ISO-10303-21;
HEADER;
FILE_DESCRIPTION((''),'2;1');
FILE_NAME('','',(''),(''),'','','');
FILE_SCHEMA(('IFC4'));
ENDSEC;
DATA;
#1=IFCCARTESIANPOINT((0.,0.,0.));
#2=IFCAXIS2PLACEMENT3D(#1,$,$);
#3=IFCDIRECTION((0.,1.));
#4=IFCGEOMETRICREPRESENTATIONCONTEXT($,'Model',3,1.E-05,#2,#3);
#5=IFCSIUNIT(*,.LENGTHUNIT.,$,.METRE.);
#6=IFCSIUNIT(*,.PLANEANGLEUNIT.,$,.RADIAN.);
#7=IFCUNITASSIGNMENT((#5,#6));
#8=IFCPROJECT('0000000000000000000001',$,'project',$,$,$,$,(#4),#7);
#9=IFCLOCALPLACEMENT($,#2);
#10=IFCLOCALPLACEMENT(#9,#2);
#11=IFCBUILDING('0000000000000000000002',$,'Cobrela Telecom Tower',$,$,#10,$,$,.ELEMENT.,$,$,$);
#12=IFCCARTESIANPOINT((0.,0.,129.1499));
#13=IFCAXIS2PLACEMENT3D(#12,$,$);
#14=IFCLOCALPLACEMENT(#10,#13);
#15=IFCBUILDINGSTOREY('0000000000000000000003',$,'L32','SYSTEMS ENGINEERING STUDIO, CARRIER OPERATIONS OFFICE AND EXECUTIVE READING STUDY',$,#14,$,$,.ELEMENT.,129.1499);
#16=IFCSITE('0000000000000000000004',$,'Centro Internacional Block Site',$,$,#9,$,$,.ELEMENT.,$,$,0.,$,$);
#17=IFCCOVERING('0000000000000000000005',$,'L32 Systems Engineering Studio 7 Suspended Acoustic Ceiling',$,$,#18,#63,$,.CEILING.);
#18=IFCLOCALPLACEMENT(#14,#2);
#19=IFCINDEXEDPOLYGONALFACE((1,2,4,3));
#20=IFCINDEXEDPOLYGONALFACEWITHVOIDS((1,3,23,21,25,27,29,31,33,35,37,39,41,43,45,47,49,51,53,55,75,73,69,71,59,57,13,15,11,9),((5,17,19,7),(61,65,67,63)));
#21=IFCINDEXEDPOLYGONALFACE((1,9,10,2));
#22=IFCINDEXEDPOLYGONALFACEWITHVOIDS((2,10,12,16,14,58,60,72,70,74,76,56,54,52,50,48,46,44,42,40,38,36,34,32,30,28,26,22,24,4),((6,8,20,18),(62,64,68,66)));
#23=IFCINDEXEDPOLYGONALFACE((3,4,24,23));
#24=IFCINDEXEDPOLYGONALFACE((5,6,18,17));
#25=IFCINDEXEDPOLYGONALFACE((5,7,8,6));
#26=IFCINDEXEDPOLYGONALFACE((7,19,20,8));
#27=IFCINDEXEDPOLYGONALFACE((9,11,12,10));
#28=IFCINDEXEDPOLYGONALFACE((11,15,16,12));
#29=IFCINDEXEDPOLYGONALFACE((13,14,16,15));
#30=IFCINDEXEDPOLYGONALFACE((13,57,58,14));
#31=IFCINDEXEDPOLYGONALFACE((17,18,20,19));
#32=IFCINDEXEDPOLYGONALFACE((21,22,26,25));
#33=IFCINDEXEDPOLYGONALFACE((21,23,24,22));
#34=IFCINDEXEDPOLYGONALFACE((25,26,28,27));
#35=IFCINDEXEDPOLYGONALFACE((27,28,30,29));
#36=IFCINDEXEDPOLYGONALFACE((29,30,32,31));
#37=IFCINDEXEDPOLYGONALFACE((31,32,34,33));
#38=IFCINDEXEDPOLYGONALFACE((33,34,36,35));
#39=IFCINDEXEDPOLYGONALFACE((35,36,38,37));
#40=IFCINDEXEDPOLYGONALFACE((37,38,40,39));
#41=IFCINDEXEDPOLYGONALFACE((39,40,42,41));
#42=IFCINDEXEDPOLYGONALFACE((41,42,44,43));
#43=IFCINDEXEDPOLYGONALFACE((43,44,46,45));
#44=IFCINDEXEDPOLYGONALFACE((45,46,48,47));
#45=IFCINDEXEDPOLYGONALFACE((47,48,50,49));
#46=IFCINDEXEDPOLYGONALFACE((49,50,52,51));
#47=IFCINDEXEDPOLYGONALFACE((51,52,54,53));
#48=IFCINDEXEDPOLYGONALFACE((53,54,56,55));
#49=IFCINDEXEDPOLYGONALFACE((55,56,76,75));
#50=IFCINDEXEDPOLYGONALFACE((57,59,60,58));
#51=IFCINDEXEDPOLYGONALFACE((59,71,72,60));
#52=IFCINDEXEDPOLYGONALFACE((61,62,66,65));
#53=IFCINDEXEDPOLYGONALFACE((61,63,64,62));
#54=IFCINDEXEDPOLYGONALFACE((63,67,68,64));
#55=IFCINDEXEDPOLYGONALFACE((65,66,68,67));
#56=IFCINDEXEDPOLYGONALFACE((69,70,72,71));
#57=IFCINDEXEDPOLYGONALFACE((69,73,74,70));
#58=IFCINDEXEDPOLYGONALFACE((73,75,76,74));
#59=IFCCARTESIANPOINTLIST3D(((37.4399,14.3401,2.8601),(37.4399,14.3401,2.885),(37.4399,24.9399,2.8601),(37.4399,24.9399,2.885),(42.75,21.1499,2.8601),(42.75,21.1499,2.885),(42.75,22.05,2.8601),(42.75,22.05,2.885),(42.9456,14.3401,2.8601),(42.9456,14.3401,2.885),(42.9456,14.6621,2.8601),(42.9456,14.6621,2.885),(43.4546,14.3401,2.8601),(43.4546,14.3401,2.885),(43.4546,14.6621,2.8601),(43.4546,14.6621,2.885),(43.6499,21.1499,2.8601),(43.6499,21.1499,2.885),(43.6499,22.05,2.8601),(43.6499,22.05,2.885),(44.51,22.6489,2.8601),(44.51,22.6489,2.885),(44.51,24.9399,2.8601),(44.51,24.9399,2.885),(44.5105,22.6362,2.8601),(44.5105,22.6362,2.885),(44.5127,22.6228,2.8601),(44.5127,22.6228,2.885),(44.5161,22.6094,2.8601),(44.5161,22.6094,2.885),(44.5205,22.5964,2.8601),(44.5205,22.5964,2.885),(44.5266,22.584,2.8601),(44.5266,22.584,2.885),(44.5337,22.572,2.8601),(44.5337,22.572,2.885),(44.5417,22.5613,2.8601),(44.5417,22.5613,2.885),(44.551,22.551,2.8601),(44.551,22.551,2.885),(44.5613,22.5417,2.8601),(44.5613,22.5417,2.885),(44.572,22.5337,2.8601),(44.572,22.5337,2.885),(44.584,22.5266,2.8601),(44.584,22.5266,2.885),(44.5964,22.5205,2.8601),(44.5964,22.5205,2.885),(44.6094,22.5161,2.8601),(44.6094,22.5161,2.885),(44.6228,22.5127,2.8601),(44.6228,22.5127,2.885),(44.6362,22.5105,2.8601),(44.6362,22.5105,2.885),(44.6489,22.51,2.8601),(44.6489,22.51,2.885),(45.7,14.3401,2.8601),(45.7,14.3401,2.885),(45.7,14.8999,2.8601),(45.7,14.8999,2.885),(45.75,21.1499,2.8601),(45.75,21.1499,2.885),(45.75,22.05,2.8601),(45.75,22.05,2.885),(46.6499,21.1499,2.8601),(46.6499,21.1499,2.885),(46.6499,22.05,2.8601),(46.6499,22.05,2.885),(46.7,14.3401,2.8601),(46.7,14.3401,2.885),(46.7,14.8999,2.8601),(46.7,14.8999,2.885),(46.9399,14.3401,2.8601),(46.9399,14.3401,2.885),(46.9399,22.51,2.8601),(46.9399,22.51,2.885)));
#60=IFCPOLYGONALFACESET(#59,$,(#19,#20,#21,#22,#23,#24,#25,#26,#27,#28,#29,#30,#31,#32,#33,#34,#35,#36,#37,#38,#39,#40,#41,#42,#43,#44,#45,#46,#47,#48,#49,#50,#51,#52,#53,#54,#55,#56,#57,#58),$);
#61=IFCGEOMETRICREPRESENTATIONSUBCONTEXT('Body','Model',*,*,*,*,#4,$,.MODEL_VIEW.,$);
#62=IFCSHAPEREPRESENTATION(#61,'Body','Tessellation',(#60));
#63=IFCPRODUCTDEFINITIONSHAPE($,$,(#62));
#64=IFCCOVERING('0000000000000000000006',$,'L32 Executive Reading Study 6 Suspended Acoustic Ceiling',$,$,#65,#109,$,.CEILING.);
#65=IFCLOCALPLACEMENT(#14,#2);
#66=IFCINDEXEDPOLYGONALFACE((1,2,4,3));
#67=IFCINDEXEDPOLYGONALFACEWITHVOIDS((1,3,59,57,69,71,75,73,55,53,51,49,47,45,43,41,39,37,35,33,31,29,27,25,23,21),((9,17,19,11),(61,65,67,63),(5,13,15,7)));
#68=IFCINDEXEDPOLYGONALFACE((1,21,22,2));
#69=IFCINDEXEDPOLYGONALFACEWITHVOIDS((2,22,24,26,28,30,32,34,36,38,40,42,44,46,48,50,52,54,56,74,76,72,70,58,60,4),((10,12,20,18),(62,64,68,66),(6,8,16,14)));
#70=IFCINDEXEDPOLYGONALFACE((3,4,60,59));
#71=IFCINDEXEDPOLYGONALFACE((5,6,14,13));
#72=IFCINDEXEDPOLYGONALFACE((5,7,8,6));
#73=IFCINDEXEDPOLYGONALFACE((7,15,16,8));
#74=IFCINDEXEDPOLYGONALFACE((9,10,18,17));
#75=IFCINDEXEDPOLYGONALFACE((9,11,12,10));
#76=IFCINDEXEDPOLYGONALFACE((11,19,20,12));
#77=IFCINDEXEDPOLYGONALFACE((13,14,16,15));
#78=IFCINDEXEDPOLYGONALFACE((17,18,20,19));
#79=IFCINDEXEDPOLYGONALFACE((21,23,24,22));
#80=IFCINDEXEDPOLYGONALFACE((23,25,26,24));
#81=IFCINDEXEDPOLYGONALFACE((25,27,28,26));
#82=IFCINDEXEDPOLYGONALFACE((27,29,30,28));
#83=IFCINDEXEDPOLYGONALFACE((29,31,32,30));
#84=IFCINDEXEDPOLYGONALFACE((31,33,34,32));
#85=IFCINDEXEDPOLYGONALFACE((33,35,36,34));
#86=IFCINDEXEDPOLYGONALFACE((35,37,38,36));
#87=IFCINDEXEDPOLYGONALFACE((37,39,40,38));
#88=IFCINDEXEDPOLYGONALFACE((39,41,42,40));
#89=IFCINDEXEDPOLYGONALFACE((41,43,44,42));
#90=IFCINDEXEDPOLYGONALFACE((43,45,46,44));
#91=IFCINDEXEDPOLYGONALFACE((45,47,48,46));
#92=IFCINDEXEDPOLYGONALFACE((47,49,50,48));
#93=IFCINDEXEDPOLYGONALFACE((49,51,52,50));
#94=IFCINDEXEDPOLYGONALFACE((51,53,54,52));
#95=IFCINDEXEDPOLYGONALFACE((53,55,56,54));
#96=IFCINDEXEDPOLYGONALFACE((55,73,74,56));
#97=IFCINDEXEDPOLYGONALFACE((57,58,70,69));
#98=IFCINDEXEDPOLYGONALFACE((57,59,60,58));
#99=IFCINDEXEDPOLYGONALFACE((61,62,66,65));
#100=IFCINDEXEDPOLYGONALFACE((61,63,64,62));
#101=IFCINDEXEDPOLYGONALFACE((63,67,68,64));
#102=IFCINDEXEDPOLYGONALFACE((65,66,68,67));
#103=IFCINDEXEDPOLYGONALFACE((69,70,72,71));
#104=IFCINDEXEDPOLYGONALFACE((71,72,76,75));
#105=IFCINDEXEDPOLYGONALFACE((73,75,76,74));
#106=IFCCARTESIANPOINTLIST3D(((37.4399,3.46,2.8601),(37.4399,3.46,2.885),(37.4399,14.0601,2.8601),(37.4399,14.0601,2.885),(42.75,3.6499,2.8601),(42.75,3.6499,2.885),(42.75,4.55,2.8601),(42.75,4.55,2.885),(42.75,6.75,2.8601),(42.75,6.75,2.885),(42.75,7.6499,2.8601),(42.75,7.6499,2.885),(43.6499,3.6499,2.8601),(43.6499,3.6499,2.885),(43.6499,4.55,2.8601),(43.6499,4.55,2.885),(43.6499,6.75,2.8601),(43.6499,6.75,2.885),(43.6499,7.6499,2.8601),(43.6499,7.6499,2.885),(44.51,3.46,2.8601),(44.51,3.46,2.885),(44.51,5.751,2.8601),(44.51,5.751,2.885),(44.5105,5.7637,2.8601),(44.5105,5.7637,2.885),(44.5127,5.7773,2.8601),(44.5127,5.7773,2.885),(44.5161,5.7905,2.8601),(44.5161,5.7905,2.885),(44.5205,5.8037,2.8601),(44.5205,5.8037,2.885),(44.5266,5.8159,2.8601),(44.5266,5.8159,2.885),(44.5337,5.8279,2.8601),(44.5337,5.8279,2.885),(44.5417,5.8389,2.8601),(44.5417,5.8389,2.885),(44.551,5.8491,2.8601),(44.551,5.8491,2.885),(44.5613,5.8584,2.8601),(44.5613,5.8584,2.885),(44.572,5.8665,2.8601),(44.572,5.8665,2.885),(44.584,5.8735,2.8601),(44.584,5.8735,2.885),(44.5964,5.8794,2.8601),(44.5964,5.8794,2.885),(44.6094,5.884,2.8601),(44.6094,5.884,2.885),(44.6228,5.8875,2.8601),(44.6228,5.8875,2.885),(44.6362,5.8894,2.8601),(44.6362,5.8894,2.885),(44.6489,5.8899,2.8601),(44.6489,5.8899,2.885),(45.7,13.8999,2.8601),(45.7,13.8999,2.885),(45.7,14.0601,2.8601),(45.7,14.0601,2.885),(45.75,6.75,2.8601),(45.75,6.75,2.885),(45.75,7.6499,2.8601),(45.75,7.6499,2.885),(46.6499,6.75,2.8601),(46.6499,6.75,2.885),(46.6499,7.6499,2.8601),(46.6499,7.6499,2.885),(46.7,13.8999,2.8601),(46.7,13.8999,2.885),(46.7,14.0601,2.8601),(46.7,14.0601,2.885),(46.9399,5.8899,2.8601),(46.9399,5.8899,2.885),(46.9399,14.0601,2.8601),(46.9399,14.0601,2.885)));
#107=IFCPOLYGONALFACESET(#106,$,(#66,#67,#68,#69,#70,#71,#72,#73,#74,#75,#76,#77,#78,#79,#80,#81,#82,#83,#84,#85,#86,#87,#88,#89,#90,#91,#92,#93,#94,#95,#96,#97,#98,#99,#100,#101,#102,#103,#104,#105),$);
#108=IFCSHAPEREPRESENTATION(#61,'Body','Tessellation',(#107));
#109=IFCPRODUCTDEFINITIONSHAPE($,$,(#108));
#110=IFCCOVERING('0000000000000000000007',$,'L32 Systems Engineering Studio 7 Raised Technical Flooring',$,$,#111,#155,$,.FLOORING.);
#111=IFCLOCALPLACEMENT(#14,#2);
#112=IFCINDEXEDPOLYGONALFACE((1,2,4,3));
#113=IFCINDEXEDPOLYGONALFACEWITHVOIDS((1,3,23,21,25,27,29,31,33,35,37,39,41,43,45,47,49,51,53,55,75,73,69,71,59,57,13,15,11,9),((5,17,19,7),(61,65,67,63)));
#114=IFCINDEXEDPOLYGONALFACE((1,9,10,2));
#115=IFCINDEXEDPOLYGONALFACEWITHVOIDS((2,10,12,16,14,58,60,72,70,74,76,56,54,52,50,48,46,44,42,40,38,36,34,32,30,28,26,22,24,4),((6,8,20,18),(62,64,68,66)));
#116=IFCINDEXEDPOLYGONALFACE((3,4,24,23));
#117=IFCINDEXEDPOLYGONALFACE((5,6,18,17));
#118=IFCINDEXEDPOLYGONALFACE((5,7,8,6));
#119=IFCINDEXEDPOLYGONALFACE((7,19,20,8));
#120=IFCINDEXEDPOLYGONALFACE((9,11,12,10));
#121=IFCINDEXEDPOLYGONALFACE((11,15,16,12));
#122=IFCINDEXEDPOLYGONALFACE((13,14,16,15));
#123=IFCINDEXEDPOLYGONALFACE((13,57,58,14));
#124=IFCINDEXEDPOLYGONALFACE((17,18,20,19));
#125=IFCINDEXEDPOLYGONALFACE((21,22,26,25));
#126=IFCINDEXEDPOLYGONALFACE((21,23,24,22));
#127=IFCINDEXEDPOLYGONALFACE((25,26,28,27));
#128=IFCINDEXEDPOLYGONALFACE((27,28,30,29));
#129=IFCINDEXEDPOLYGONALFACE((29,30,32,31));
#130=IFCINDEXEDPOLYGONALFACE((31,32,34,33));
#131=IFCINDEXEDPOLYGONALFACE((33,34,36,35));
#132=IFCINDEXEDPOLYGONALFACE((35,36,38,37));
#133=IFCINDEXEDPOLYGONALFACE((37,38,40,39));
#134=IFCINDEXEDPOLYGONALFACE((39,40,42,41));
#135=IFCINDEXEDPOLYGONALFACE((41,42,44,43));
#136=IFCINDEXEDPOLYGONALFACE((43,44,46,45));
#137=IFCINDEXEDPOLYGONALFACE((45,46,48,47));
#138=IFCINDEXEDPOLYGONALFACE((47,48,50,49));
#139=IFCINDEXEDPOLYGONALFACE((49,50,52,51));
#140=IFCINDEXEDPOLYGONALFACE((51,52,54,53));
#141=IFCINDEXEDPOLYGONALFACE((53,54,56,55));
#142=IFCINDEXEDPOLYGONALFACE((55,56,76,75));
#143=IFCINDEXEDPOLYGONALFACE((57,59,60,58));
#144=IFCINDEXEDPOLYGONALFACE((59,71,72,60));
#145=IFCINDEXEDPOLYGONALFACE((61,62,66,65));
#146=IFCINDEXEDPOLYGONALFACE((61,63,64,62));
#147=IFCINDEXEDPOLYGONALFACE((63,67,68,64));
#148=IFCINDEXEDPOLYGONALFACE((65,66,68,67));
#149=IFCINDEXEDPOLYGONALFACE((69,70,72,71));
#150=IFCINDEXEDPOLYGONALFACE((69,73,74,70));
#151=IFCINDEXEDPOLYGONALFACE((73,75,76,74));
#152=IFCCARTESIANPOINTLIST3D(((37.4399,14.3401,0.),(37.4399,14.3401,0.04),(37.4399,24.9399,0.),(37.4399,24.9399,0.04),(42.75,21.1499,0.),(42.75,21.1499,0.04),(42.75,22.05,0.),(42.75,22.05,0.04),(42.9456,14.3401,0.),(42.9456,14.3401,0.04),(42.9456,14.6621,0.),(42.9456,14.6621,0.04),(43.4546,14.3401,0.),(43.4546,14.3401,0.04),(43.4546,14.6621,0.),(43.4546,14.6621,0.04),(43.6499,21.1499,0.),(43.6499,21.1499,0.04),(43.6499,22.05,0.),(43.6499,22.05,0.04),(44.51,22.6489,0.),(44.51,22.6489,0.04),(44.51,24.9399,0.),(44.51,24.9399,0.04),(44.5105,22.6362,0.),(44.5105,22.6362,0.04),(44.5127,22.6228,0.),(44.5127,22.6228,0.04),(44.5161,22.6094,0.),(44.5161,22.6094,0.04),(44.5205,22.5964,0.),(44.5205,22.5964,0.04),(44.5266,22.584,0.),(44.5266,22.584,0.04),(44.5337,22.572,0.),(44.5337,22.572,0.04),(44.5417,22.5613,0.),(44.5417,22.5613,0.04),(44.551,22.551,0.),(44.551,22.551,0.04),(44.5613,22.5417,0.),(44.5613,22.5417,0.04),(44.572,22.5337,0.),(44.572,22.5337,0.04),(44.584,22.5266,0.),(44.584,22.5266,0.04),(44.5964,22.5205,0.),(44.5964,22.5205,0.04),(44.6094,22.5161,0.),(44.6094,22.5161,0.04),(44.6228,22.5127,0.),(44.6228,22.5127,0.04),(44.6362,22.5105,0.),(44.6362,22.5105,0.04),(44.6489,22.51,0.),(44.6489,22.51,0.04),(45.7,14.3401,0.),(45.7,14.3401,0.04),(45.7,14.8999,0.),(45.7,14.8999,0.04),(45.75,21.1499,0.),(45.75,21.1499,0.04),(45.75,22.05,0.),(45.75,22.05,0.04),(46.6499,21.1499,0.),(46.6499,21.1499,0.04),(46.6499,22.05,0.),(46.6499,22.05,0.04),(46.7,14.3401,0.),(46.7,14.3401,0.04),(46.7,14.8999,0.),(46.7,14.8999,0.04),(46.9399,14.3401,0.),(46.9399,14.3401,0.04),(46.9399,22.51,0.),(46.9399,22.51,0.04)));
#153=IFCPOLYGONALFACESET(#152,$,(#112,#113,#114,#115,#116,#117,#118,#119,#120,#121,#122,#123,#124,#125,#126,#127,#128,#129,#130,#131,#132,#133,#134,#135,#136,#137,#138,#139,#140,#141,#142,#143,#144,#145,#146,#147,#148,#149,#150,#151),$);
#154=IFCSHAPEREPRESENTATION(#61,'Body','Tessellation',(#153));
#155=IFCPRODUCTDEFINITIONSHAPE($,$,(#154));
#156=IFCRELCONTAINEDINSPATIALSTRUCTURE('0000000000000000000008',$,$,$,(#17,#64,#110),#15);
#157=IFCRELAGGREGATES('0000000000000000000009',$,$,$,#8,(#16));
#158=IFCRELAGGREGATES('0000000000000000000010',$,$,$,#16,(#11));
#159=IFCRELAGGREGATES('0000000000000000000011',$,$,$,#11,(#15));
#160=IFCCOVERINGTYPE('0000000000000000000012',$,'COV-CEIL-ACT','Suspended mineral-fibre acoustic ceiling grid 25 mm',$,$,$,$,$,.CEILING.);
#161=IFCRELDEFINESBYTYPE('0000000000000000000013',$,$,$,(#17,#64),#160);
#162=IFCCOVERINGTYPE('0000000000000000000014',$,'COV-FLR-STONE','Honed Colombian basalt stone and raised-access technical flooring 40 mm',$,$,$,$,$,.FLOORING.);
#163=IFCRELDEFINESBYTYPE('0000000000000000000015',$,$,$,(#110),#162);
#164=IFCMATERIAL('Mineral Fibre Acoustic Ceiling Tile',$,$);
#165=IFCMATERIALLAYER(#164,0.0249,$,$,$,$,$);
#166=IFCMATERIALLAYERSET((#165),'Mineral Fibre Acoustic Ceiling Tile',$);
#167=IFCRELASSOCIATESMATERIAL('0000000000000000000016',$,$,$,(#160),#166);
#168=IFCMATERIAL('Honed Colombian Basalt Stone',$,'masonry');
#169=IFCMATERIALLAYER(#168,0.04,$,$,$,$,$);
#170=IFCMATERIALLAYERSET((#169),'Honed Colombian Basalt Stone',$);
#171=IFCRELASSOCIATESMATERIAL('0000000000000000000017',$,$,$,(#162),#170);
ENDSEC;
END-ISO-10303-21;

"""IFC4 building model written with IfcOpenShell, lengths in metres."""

from ifc_helpers import new_model, si_unit, direction, frame, origin, place, context, subcontext, project, spatial, polyline, outline, extrude, material, layer, layer_set, type_object, element, save


model = new_model("IFC4")

# Units and contexts
model_context = context("Model", 3, precision=1e-05, world=origin(), true_north=direction((0.0, 1.0)))
body_context = subcontext(model_context, "Body", "Model", "MODEL_VIEW")
ifc_project = project(units=[si_unit("LENGTHUNIT", "METRE"), si_unit("PLANEANGLEUNIT", "RADIAN")], contexts=[model_context])

# Site, building, storey
site_placement = place(None, origin())
site = spatial("IfcSite", under=ifc_project, at=site_placement, Name="Centro Internacional Block Site", CompositionType="ELEMENT", RefElevation=0.0)
building_placement = place(site_placement, origin())
building = spatial("IfcBuilding", under=site, at=building_placement, Name="Cobrela Telecom Tower", CompositionType="ELEMENT")
storey_placement = place(building_placement, frame((0.0, 0.0, 129.1499)))
storey = spatial("IfcBuildingStorey", under=building, at=storey_placement, Name="L32", Description="SYSTEMS ENGINEERING STUDIO, CARRIER OPERATIONS OFFICE AND EXECUTIVE READING STUDY", CompositionType="ELEMENT", Elevation=129.1499)

# Coverings
ifc_material_1 = material(Name="Mineral Fibre Acoustic Ceiling Tile")
ifc_layer_1 = layer(ifc_material_1, 0.0249)
ifc_layer_set_1 = layer_set([ifc_layer_1], Name="Mineral Fibre Acoustic Ceiling Tile")
covering_type_1 = type_object("IfcCoveringType", Name="COV-CEIL-ACT", Description="Suspended mineral-fibre acoustic ceiling grid 25 mm", PredefinedType="CEILING", material=ifc_layer_set_1)
covering_1_placement = place(storey_placement, frame((0.0, 0.0, 2.8601)))
element("IfcCovering", 1, at=covering_1_placement, inside=storey, type_object=covering_type_1, Name="L32 Systems Engineering Studio 7 Suspended Acoustic Ceiling", PredefinedType="CEILING", context=body_context, shape_type="SweptSolid", body=[
    extrude(outline(polyline([(45.7, 14.8999), (45.7, 14.3401), (43.4546, 14.3401), (43.4546, 14.6621), (42.9456, 14.6621), (42.9456, 14.3401), (37.4399, 14.3401), (37.4399, 24.9399), (44.51, 24.9399), (44.51, 22.6489), (44.5105, 22.6362), (44.5127, 22.6228), (44.5161, 22.6094), (44.5205, 22.5964), (44.5266, 22.584), (44.5337, 22.572), (44.5417, 22.5613), (44.551, 22.551), (44.5613, 22.5417), (44.572, 22.5337), (44.584, 22.5266), (44.5964, 22.5205), (44.6094, 22.5161), (44.6228, 22.5127), (44.6362, 22.5105), (44.6489, 22.51), (46.9399, 22.51), (46.9399, 14.3401), (46.7, 14.3401), (46.7, 14.8999), (45.7, 14.8999)]), holes=[polyline([(43.6499, 21.1499), (43.6499, 22.05), (42.75, 22.05), (42.75, 21.1499), (43.6499, 21.1499)]), polyline([(46.6499, 21.1499), (46.6499, 22.05), (45.75, 22.05), (45.75, 21.1499), (46.6499, 21.1499)])]), origin(), (0.0, 0.0, 1.0), 0.0249),
])
covering_2_placement = place(storey_placement, frame((0.0, 0.0, 2.8601)))
element("IfcCovering", 2, at=covering_2_placement, inside=storey, type_object=covering_type_1, Name="L32 Executive Reading Study 6 Suspended Acoustic Ceiling", PredefinedType="CEILING", context=body_context, shape_type="SweptSolid", body=[
    extrude(outline(polyline([(45.7, 13.8999), (46.7, 13.8999), (46.7, 14.0601), (46.9399, 14.0601), (46.9399, 5.8899), (44.6489, 5.8899), (44.6362, 5.8894), (44.6228, 5.8875), (44.6094, 5.884), (44.5964, 5.8794), (44.584, 5.8735), (44.572, 5.8665), (44.5613, 5.8584), (44.551, 5.8491), (44.5417, 5.8389), (44.5337, 5.8279), (44.5266, 5.8159), (44.5205, 5.8037), (44.5161, 5.7905), (44.5127, 5.7773), (44.5105, 5.7637), (44.51, 5.751), (44.51, 3.46), (37.4399, 3.46), (37.4399, 14.0601), (45.7, 14.0601), (45.7, 13.8999)]), holes=[polyline([(43.6499, 3.6499), (43.6499, 4.55), (42.75, 4.55), (42.75, 3.6499), (43.6499, 3.6499)]), polyline([(43.6499, 6.75), (43.6499, 7.6499), (42.75, 7.6499), (42.75, 6.75), (43.6499, 6.75)]), polyline([(46.6499, 6.75), (46.6499, 7.6499), (45.75, 7.6499), (45.75, 6.75), (46.6499, 6.75)])]), origin(), (0.0, 0.0, 1.0), 0.0249),
])
ifc_material_2 = material(Name="Honed Colombian Basalt Stone", Category="masonry")
ifc_layer_2 = layer(ifc_material_2, 0.04)
ifc_layer_set_2 = layer_set([ifc_layer_2], Name="Honed Colombian Basalt Stone")
covering_type_2 = type_object("IfcCoveringType", Name="COV-FLR-STONE", Description="Honed Colombian basalt stone and raised-access technical flooring 40 mm", PredefinedType="FLOORING", material=ifc_layer_set_2)
covering_3_placement = place(storey_placement, origin())
element("IfcCovering", 3, at=covering_3_placement, inside=storey, type_object=covering_type_2, Name="L32 Systems Engineering Studio 7 Raised Technical Flooring", PredefinedType="FLOORING", context=body_context, shape_type="SweptSolid", body=[
    extrude(outline(polyline([(45.7, 14.8999), (45.7, 14.3401), (43.4546, 14.3401), (43.4546, 14.6621), (42.9456, 14.6621), (42.9456, 14.3401), (37.4399, 14.3401), (37.4399, 24.9399), (44.51, 24.9399), (44.51, 22.6489), (44.5105, 22.6362), (44.5127, 22.6228), (44.5161, 22.6094), (44.5205, 22.5964), (44.5266, 22.584), (44.5337, 22.572), (44.5417, 22.5613), (44.551, 22.551), (44.5613, 22.5417), (44.572, 22.5337), (44.584, 22.5266), (44.5964, 22.5205), (44.6094, 22.5161), (44.6228, 22.5127), (44.6362, 22.5105), (44.6489, 22.51), (46.9399, 22.51), (46.9399, 14.3401), (46.7, 14.3401), (46.7, 14.8999), (45.7, 14.8999)]), holes=[polyline([(43.6499, 21.1499), (43.6499, 22.05), (42.75, 22.05), (42.75, 21.1499), (43.6499, 21.1499)]), polyline([(46.6499, 21.1499), (46.6499, 22.05), (45.75, 22.05), (45.75, 21.1499), (46.6499, 21.1499)])]), origin(), (0.0, 0.0, 1.0), 0.04),
])

save(model, "model.ifc")
